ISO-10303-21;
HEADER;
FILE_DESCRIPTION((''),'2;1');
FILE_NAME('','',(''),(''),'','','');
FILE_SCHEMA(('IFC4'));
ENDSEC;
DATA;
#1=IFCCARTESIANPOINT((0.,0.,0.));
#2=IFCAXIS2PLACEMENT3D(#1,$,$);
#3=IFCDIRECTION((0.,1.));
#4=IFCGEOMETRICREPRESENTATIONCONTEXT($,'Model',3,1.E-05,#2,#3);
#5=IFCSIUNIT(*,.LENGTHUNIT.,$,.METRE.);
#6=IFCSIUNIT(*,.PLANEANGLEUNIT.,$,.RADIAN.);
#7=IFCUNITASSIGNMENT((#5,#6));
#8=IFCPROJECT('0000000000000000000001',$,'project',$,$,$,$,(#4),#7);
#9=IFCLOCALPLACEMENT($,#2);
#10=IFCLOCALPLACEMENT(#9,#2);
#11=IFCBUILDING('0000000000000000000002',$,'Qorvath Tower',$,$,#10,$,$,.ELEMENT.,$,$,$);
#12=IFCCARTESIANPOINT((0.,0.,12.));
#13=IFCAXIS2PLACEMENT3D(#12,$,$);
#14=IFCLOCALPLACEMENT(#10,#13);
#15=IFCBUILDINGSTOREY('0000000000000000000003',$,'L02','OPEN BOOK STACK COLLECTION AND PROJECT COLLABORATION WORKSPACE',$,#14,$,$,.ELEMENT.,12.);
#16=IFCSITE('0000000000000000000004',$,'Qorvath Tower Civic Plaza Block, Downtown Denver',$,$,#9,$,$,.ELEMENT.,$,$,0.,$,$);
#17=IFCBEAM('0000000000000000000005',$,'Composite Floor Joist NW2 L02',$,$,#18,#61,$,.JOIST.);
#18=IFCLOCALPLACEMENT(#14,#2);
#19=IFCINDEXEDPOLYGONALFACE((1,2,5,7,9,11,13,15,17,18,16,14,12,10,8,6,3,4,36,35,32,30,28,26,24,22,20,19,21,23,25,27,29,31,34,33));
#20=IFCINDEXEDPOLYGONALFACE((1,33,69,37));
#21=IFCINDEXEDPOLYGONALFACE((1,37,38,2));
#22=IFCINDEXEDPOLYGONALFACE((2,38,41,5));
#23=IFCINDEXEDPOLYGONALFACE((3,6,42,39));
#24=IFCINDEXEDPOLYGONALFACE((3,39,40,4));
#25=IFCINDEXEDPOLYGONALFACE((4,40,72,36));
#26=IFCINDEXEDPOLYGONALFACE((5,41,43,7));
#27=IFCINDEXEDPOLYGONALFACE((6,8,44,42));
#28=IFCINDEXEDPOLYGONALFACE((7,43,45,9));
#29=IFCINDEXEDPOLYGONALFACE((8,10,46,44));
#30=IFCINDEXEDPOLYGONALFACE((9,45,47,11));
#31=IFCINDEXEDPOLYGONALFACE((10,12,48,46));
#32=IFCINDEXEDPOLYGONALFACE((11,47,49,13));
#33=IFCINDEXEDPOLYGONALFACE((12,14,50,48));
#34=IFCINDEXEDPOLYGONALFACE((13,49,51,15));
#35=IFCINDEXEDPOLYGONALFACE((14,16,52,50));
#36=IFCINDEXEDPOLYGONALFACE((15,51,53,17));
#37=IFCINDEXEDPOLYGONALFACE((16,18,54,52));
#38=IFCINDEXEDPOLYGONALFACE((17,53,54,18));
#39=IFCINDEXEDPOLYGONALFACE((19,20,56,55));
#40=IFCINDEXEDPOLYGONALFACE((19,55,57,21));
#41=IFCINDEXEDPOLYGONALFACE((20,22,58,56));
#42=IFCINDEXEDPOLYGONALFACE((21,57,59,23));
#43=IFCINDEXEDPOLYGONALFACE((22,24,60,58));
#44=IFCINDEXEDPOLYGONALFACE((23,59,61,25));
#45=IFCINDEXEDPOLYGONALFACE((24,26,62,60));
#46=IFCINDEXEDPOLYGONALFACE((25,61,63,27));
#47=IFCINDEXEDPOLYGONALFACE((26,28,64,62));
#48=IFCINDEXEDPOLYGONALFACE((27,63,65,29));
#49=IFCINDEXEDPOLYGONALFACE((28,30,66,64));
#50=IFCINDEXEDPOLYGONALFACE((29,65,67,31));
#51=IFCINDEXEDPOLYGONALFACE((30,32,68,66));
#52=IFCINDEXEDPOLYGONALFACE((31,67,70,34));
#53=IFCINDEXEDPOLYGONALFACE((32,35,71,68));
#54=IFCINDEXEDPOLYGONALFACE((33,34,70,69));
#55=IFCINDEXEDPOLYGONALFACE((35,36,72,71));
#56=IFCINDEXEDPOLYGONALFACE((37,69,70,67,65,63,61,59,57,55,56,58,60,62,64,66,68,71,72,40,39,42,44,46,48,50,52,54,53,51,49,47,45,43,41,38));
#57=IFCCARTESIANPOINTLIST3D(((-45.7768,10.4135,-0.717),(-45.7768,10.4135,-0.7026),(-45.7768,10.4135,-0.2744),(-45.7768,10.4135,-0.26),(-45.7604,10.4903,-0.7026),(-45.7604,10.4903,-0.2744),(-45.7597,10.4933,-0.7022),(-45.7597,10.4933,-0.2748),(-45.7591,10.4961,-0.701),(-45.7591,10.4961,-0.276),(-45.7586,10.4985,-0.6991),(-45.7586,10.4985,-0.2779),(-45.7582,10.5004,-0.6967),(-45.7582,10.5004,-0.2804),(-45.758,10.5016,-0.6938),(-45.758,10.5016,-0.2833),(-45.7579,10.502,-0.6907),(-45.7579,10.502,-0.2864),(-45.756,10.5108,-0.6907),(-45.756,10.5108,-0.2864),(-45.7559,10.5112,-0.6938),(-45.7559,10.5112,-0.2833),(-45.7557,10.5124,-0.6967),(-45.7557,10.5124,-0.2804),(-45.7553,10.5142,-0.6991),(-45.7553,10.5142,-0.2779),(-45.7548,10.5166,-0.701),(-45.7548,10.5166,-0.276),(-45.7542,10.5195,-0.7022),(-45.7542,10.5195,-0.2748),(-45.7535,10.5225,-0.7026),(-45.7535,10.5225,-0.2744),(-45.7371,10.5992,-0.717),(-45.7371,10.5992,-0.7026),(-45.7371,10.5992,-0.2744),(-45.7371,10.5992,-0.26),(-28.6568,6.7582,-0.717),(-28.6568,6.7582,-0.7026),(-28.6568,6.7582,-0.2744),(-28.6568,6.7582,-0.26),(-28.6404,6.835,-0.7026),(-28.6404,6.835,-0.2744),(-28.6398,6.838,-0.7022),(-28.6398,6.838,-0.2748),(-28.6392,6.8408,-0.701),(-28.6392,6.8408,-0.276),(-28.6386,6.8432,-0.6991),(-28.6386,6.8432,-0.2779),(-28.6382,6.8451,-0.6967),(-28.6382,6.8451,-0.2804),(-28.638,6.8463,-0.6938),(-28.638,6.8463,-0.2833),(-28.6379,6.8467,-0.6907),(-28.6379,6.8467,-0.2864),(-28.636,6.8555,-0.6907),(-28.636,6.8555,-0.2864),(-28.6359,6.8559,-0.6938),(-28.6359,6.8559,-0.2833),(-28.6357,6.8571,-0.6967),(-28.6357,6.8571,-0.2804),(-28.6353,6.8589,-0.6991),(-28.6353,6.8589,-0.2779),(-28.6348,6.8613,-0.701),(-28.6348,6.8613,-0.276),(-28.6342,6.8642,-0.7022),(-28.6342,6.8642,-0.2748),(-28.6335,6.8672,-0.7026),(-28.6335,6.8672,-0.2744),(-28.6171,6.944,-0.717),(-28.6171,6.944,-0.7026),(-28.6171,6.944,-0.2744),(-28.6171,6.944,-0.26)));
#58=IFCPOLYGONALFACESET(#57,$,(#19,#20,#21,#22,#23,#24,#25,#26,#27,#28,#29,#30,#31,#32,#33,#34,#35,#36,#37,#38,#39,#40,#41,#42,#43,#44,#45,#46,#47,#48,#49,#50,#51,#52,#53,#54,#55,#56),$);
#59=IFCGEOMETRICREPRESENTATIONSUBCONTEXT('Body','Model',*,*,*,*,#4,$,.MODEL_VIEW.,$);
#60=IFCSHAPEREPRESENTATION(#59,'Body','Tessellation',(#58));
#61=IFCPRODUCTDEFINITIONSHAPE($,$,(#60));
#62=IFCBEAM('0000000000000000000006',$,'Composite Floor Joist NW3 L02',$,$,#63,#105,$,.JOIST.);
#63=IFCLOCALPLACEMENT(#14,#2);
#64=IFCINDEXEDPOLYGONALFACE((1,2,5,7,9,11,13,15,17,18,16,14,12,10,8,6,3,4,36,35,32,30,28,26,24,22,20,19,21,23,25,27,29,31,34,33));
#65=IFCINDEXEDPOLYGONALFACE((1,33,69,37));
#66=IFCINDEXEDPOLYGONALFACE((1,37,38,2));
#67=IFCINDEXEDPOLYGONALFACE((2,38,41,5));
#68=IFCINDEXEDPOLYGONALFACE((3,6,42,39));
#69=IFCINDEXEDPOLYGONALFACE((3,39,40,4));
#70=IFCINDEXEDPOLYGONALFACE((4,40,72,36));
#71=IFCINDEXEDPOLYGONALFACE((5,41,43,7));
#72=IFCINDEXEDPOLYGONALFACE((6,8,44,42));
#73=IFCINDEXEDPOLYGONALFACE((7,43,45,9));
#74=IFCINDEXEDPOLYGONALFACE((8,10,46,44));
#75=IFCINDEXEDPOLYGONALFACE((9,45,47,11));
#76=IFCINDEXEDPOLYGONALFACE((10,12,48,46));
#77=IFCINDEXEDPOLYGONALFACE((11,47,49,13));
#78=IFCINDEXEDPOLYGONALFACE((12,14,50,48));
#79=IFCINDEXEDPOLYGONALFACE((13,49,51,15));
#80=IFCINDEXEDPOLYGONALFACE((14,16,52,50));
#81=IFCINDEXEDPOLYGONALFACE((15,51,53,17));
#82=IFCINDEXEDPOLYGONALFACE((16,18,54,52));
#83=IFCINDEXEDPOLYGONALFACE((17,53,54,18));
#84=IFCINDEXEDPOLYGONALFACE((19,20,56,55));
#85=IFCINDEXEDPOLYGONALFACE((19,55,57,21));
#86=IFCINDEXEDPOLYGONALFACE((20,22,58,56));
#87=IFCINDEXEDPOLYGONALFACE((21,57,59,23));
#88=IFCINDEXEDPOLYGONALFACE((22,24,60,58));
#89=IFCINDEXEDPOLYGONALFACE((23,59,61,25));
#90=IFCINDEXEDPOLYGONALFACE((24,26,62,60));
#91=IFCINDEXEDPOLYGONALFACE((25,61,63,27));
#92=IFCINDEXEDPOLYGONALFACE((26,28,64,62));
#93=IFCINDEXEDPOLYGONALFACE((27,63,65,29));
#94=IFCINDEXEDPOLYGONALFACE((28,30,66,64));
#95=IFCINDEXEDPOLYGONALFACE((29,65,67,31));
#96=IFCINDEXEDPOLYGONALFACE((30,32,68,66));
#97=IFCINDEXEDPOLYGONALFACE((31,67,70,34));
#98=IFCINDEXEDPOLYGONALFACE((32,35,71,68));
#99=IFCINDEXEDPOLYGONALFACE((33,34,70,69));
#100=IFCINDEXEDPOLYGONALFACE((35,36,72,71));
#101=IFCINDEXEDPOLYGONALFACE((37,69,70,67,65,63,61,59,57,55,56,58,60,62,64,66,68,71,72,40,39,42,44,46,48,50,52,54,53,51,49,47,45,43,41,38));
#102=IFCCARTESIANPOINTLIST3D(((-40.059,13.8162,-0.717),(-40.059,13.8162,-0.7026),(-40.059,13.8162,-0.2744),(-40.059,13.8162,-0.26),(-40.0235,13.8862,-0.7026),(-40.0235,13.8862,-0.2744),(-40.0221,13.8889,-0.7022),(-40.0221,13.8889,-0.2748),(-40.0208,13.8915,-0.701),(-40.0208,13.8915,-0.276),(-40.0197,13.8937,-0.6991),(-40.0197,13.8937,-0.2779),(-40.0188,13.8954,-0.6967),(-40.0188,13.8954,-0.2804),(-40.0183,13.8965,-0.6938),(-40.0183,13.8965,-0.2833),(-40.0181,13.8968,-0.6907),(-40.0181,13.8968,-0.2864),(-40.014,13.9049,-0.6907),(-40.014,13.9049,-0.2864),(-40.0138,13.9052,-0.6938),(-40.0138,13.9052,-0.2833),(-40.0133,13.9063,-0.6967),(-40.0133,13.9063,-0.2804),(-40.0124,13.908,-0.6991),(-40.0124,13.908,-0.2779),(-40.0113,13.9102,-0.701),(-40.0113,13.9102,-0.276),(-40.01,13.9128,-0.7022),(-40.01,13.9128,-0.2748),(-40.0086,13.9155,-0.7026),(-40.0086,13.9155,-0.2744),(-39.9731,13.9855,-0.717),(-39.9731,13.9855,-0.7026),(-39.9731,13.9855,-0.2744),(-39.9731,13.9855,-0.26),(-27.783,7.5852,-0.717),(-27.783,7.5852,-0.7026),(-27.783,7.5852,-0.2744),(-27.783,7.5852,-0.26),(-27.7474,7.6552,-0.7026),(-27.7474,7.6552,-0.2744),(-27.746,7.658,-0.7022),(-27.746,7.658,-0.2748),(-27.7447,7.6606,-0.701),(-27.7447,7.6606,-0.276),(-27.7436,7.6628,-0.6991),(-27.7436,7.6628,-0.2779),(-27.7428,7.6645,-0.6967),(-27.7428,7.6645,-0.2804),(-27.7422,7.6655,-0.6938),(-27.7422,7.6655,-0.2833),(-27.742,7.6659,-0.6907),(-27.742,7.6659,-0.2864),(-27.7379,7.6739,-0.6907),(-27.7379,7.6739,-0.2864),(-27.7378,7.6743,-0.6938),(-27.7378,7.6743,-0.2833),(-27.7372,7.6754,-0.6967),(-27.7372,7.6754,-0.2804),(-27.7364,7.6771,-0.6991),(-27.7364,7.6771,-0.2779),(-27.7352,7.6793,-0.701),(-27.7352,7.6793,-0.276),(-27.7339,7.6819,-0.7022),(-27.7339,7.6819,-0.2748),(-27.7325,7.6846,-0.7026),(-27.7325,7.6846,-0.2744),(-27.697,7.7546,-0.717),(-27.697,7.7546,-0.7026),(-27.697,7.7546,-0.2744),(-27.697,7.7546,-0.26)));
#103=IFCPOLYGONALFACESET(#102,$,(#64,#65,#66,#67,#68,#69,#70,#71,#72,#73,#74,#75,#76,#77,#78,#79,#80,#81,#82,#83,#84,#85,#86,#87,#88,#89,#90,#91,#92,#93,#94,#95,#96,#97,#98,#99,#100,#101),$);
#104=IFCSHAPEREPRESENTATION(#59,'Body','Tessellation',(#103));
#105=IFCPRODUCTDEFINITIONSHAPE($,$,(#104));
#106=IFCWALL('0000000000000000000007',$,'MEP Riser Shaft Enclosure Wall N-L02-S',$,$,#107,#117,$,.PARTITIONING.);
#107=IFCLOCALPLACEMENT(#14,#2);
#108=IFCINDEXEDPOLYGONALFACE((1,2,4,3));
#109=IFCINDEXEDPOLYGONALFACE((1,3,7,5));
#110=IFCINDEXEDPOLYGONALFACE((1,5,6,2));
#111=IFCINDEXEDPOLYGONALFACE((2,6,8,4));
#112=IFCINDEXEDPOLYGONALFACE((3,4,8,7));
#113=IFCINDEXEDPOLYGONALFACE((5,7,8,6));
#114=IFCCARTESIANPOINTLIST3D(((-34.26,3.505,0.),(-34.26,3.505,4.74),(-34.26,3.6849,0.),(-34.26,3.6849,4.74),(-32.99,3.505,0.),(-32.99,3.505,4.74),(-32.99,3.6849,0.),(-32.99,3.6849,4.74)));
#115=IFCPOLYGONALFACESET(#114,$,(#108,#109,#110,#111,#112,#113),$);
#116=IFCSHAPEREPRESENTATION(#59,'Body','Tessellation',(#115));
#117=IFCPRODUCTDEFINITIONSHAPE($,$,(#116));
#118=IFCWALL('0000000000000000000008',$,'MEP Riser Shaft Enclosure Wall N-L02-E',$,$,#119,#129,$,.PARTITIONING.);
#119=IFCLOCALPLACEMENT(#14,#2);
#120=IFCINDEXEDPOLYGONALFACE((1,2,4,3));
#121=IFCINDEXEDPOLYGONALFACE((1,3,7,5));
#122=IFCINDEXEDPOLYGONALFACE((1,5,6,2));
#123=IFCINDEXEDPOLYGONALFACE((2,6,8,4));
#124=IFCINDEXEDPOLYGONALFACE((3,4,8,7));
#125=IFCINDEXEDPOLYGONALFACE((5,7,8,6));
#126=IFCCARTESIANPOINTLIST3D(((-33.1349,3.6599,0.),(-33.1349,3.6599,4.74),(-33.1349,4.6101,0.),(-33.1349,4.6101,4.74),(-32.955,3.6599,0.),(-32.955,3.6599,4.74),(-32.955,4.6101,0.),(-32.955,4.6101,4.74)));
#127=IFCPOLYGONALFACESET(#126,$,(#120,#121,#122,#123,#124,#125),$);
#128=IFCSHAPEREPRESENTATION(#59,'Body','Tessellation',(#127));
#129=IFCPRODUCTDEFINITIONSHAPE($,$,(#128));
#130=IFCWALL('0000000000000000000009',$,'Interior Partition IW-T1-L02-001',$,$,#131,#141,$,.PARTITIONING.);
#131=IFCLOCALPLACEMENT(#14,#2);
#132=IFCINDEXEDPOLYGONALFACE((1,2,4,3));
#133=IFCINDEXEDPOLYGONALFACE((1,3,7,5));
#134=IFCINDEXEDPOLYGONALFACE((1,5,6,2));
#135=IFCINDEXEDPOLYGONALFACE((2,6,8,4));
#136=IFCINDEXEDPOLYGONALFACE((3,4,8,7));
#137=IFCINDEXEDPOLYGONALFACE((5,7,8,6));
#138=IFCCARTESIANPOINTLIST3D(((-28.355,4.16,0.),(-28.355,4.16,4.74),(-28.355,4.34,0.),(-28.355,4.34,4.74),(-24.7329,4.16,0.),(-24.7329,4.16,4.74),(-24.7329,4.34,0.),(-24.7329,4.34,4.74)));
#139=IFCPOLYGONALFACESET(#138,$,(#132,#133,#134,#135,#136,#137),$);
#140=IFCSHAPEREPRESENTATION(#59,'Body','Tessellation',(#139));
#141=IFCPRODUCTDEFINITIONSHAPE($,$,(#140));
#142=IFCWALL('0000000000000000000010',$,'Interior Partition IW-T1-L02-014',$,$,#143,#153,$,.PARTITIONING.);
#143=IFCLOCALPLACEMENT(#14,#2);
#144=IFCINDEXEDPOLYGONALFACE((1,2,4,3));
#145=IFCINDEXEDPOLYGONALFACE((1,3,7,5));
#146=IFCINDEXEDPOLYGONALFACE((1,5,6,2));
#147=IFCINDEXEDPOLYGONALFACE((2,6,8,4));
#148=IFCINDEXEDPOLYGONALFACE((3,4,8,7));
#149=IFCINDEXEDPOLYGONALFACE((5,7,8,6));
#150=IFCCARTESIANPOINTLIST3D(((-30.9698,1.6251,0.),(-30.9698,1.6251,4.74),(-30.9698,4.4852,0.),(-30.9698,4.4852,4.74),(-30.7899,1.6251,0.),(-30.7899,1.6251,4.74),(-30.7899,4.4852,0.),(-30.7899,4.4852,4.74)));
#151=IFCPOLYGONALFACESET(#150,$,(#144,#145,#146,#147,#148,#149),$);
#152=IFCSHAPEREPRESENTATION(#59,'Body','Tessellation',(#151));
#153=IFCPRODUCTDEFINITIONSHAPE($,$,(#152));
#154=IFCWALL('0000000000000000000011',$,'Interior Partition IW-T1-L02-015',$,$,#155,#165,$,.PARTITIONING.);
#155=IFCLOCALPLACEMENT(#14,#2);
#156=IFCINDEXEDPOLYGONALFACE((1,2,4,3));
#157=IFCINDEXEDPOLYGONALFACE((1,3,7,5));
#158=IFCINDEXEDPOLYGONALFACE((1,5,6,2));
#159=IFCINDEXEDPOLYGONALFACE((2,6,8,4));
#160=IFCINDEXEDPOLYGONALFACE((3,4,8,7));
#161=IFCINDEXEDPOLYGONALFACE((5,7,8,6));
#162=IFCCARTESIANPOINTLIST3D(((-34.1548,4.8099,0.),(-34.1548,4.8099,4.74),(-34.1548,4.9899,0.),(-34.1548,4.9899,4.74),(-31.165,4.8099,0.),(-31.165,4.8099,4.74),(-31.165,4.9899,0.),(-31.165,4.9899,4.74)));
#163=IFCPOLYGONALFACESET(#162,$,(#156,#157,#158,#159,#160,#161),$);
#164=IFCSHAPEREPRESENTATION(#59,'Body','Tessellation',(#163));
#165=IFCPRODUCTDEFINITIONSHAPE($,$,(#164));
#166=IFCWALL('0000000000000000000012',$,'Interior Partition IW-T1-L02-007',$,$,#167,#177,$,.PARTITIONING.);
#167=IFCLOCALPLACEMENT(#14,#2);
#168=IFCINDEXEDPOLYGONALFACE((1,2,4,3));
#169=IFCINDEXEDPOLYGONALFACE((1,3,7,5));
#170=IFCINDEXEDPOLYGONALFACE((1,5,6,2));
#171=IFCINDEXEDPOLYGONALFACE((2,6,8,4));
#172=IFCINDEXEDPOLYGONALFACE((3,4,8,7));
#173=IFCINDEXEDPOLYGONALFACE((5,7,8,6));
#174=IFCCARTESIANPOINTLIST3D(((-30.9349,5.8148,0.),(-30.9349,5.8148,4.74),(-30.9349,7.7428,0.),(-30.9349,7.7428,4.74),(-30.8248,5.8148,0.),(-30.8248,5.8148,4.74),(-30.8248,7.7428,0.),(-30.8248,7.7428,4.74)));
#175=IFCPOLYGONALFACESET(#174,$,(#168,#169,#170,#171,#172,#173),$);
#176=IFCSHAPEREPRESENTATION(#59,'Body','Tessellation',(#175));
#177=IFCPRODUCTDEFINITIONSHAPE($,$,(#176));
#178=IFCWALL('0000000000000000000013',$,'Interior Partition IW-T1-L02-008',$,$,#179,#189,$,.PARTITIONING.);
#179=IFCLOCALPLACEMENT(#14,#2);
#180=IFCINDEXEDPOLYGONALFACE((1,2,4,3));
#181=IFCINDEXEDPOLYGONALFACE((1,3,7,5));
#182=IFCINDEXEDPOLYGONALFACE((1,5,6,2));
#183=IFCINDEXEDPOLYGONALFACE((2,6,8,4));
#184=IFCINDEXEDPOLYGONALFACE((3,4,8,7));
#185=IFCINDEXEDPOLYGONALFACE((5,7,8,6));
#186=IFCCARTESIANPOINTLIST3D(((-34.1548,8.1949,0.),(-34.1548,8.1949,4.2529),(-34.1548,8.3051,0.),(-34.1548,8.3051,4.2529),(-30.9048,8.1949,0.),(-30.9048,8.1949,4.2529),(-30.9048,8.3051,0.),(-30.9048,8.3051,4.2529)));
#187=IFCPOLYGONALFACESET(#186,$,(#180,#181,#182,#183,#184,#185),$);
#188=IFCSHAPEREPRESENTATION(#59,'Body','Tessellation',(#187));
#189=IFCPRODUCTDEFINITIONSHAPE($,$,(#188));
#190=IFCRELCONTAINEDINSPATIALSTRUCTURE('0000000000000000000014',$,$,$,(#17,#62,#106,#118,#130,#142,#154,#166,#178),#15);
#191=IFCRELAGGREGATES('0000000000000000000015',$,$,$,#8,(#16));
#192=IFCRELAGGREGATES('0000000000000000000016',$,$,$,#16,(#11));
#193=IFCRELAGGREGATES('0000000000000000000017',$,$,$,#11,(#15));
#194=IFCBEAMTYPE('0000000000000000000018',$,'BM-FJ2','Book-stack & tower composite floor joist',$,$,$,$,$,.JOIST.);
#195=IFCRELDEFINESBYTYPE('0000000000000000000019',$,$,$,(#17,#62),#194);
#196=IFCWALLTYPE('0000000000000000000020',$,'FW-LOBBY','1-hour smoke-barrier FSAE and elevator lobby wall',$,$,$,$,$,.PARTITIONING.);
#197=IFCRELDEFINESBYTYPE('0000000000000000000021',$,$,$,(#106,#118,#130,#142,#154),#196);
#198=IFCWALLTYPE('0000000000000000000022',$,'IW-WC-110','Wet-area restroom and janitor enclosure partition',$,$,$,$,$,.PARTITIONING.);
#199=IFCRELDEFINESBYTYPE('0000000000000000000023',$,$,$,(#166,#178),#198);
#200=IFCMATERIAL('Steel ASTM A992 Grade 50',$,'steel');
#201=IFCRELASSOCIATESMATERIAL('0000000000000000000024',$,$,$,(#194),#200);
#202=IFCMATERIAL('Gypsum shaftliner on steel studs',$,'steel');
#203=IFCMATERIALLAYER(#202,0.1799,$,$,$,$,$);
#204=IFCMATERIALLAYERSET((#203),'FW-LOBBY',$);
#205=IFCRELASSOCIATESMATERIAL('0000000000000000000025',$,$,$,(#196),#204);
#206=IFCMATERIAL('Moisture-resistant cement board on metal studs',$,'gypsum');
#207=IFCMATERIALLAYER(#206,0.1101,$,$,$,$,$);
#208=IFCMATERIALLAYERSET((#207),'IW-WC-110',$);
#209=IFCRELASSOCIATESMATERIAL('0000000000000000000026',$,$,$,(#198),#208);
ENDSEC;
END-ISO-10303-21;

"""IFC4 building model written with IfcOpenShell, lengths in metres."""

from ifc_helpers import new_model, si_unit, direction, frame, frame_2d, origin, origin_2d, place, context, subcontext, project, spatial, rectangle, i_section, extrude, material, layer, layer_set, material_profile, profile_set, type_object, element, save


model = new_model("IFC4")

# Units and contexts
model_context = context("Model", 3, precision=1e-05, world=origin(), true_north=direction((0.0, 1.0)))
body_context = subcontext(model_context, "Body", "Model", "MODEL_VIEW")
ifc_project = project(units=[si_unit("LENGTHUNIT", "METRE"), si_unit("PLANEANGLEUNIT", "RADIAN")], contexts=[model_context])

# Site, building, storey
site_placement = place(None, origin())
site = spatial("IfcSite", under=ifc_project, at=site_placement, Name="Qorvath Tower Civic Plaza Block, Downtown Denver", CompositionType="ELEMENT", RefElevation=0.0)
building_placement = place(site_placement, origin())
building = spatial("IfcBuilding", under=site, at=building_placement, Name="Qorvath Tower", CompositionType="ELEMENT")
storey_placement = place(building_placement, frame((0.0, 0.0, 12.0)))
storey = spatial("IfcBuildingStorey", under=building, at=storey_placement, Name="L02", Description="OPEN BOOK STACK COLLECTION AND PROJECT COLLABORATION WORKSPACE", CompositionType="ELEMENT", Elevation=12.0)

# Beams
ifc_material_1 = material(Name="Steel ASTM A992 Grade 50", Category="steel")
ifc_material_profile_1 = material_profile(ifc_material_1, i_section(OverallWidth=0.1899, OverallDepth=0.457, WebThickness=0.009, FlangeThickness=0.0144, FilletRadius=0.012, at=origin_2d()), Name="W18x50")
ifc_profile_set_1 = profile_set([ifc_material_profile_1], Name="Steel ASTM A992 Grade 50")
beam_type_1 = type_object("IfcBeamType", Name="BM-FJ2", Description="Book-stack & tower composite floor joist", PredefinedType="JOIST", material=ifc_profile_set_1)
beam_1_placement = place(storey_placement, frame((-28.637, 6.8511, -0.4885), z_axis=(-0.977957, 0.208804, 0.0), x_axis=(-0.208804, -0.977957, 0.0)))
element("IfcBeam", 1, at=beam_1_placement, inside=storey, type_object=beam_type_1, Name="Composite Floor Joist NW2 L02", PredefinedType="JOIST", context=body_context, shape_type="SweptSolid", body=[
    extrude(i_section(OverallWidth=0.1899, OverallDepth=0.457, WebThickness=0.009, FlangeThickness=0.0144, FilletRadius=0.012, at=origin_2d()), origin(), (0.0, 0.0, 1.0), 17.5059),
])
beam_2_placement = place(storey_placement, frame((-27.74, 7.6699, -0.4885), z_axis=(-0.891712, 0.452604, 0.0), x_axis=(-0.452604, -0.891712, 0.0)))
element("IfcBeam", 2, at=beam_2_placement, inside=storey, type_object=beam_type_1, Name="Composite Floor Joist NW3 L02", PredefinedType="JOIST", context=body_context, shape_type="SweptSolid", body=[
    extrude(i_section(OverallWidth=0.1899, OverallDepth=0.457, WebThickness=0.009, FlangeThickness=0.0144, FilletRadius=0.012, at=origin_2d()), origin(), (0.0, 0.0, 1.0), 13.7668),
])

# Walls
ifc_material_2 = material(Name="Gypsum shaftliner on steel studs", Category="steel")
ifc_layer_1 = layer(ifc_material_2, 0.1799)
ifc_layer_set_1 = layer_set([ifc_layer_1], Name="FW-LOBBY")
wall_type_1 = type_object("IfcWallType", Name="FW-LOBBY", Description="1-hour smoke-barrier FSAE and elevator lobby wall", PredefinedType="PARTITIONING", material=ifc_layer_set_1)
wall_1_placement = place(storey_placement, frame((-32.99, 3.595, 0.0), z_axis=(0.0, 0.0, 1.0), x_axis=(-1.0, 0.0, 0.0)))
element("IfcWall", 3, at=wall_1_placement, inside=storey, type_object=wall_type_1, Name="MEP Riser Shaft Enclosure Wall N-L02-S", PredefinedType="PARTITIONING", context=body_context, shape_type="SweptSolid", body=[
    extrude(rectangle(XDim=1.27, YDim=0.1799, at=frame_2d((0.635, 0.0))), origin(), (0.0, 0.0, 1.0), 4.74),
])
wall_2_placement = place(storey_placement, frame((-33.0449, 4.6101, 0.0), z_axis=(0.0, 0.0, 1.0), x_axis=(0.0, -1.0, 0.0)))
element("IfcWall", 4, at=wall_2_placement, inside=storey, type_object=wall_type_1, Name="MEP Riser Shaft Enclosure Wall N-L02-E", PredefinedType="PARTITIONING", context=body_context, shape_type="SweptSolid", body=[
    extrude(rectangle(XDim=0.9502, YDim=0.1799, at=frame_2d((0.4751, 0.0))), origin(), (0.0, 0.0, 1.0), 4.74),
])
wall_3_placement = place(storey_placement, frame((-28.355, 4.25, 0.0), z_axis=(0.0, 0.0, 1.0), x_axis=(1.0, 0.0, 0.0)))
element("IfcWall", 5, at=wall_3_placement, inside=storey, type_object=wall_type_1, Name="Interior Partition IW-T1-L02-001", PredefinedType="PARTITIONING", context=body_context, shape_type="SweptSolid", body=[
    extrude(rectangle(XDim=3.6221, YDim=0.1799, at=frame_2d((1.811, 0.0))), origin(), (0.0, 0.0, 1.0), 4.74),
])
wall_4_placement = place(storey_placement, frame((-30.8799, 1.625, 0.0), z_axis=(0.0, 0.0, 1.0), x_axis=(0.0, 1.0, 0.0)))
element("IfcWall", 6, at=wall_4_placement, inside=storey, type_object=wall_type_1, Name="Interior Partition IW-T1-L02-014", PredefinedType="PARTITIONING", context=body_context, shape_type="SweptSolid", body=[
    extrude(rectangle(XDim=2.8601, YDim=0.1799, at=frame_2d((1.4302, 0.0))), origin(), (0.0, 0.0, 1.0), 4.74),
])
wall_5_placement = place(storey_placement, frame((-31.165, 4.8999, 0.0), z_axis=(0.0, 0.0, 1.0), x_axis=(-1.0, 0.0, 0.0)))
element("IfcWall", 7, at=wall_5_placement, inside=storey, type_object=wall_type_1, Name="Interior Partition IW-T1-L02-015", PredefinedType="PARTITIONING", context=body_context, shape_type="SweptSolid", body=[
    extrude(rectangle(XDim=2.9897, YDim=0.1799, at=frame_2d((1.4949, 0.0))), origin(), (0.0, 0.0, 1.0), 4.74),
])
ifc_material_3 = material(Name="Moisture-resistant cement board on metal studs", Category="gypsum")
ifc_layer_2 = layer(ifc_material_3, 0.1101)
ifc_layer_set_2 = layer_set([ifc_layer_2], Name="IW-WC-110")
wall_type_2 = type_object("IfcWallType", Name="IW-WC-110", Description="Wet-area restroom and janitor enclosure partition", PredefinedType="PARTITIONING", material=ifc_layer_set_2)
wall_6_placement = place(storey_placement, frame((-30.8799, 5.8149, 0.0), z_axis=(0.0, 0.0, 1.0), x_axis=(0.0, 1.0, 0.0)))
element("IfcWall", 8, at=wall_6_placement, inside=storey, type_object=wall_type_2, Name="Interior Partition IW-T1-L02-007", PredefinedType="PARTITIONING", context=body_context, shape_type="SweptSolid", body=[
    extrude(rectangle(XDim=1.928, YDim=0.1101, at=frame_2d((0.9639, 0.0))), origin(), (0.0, 0.0, 1.0), 4.74),
])
wall_7_placement = place(storey_placement, frame((-30.9048, 8.25, 0.0), z_axis=(0.0, 0.0, 1.0), x_axis=(-1.0, 0.0, 0.0)))
element("IfcWall", 9, at=wall_7_placement, inside=storey, type_object=wall_type_2, Name="Interior Partition IW-T1-L02-008", PredefinedType="PARTITIONING", context=body_context, shape_type="SweptSolid", body=[
    extrude(rectangle(XDim=3.25, YDim=0.1101, at=frame_2d((1.625, 0.0))), origin(), (0.0, 0.0, 1.0), 4.2529),
])

save(model, "model.ifc")
